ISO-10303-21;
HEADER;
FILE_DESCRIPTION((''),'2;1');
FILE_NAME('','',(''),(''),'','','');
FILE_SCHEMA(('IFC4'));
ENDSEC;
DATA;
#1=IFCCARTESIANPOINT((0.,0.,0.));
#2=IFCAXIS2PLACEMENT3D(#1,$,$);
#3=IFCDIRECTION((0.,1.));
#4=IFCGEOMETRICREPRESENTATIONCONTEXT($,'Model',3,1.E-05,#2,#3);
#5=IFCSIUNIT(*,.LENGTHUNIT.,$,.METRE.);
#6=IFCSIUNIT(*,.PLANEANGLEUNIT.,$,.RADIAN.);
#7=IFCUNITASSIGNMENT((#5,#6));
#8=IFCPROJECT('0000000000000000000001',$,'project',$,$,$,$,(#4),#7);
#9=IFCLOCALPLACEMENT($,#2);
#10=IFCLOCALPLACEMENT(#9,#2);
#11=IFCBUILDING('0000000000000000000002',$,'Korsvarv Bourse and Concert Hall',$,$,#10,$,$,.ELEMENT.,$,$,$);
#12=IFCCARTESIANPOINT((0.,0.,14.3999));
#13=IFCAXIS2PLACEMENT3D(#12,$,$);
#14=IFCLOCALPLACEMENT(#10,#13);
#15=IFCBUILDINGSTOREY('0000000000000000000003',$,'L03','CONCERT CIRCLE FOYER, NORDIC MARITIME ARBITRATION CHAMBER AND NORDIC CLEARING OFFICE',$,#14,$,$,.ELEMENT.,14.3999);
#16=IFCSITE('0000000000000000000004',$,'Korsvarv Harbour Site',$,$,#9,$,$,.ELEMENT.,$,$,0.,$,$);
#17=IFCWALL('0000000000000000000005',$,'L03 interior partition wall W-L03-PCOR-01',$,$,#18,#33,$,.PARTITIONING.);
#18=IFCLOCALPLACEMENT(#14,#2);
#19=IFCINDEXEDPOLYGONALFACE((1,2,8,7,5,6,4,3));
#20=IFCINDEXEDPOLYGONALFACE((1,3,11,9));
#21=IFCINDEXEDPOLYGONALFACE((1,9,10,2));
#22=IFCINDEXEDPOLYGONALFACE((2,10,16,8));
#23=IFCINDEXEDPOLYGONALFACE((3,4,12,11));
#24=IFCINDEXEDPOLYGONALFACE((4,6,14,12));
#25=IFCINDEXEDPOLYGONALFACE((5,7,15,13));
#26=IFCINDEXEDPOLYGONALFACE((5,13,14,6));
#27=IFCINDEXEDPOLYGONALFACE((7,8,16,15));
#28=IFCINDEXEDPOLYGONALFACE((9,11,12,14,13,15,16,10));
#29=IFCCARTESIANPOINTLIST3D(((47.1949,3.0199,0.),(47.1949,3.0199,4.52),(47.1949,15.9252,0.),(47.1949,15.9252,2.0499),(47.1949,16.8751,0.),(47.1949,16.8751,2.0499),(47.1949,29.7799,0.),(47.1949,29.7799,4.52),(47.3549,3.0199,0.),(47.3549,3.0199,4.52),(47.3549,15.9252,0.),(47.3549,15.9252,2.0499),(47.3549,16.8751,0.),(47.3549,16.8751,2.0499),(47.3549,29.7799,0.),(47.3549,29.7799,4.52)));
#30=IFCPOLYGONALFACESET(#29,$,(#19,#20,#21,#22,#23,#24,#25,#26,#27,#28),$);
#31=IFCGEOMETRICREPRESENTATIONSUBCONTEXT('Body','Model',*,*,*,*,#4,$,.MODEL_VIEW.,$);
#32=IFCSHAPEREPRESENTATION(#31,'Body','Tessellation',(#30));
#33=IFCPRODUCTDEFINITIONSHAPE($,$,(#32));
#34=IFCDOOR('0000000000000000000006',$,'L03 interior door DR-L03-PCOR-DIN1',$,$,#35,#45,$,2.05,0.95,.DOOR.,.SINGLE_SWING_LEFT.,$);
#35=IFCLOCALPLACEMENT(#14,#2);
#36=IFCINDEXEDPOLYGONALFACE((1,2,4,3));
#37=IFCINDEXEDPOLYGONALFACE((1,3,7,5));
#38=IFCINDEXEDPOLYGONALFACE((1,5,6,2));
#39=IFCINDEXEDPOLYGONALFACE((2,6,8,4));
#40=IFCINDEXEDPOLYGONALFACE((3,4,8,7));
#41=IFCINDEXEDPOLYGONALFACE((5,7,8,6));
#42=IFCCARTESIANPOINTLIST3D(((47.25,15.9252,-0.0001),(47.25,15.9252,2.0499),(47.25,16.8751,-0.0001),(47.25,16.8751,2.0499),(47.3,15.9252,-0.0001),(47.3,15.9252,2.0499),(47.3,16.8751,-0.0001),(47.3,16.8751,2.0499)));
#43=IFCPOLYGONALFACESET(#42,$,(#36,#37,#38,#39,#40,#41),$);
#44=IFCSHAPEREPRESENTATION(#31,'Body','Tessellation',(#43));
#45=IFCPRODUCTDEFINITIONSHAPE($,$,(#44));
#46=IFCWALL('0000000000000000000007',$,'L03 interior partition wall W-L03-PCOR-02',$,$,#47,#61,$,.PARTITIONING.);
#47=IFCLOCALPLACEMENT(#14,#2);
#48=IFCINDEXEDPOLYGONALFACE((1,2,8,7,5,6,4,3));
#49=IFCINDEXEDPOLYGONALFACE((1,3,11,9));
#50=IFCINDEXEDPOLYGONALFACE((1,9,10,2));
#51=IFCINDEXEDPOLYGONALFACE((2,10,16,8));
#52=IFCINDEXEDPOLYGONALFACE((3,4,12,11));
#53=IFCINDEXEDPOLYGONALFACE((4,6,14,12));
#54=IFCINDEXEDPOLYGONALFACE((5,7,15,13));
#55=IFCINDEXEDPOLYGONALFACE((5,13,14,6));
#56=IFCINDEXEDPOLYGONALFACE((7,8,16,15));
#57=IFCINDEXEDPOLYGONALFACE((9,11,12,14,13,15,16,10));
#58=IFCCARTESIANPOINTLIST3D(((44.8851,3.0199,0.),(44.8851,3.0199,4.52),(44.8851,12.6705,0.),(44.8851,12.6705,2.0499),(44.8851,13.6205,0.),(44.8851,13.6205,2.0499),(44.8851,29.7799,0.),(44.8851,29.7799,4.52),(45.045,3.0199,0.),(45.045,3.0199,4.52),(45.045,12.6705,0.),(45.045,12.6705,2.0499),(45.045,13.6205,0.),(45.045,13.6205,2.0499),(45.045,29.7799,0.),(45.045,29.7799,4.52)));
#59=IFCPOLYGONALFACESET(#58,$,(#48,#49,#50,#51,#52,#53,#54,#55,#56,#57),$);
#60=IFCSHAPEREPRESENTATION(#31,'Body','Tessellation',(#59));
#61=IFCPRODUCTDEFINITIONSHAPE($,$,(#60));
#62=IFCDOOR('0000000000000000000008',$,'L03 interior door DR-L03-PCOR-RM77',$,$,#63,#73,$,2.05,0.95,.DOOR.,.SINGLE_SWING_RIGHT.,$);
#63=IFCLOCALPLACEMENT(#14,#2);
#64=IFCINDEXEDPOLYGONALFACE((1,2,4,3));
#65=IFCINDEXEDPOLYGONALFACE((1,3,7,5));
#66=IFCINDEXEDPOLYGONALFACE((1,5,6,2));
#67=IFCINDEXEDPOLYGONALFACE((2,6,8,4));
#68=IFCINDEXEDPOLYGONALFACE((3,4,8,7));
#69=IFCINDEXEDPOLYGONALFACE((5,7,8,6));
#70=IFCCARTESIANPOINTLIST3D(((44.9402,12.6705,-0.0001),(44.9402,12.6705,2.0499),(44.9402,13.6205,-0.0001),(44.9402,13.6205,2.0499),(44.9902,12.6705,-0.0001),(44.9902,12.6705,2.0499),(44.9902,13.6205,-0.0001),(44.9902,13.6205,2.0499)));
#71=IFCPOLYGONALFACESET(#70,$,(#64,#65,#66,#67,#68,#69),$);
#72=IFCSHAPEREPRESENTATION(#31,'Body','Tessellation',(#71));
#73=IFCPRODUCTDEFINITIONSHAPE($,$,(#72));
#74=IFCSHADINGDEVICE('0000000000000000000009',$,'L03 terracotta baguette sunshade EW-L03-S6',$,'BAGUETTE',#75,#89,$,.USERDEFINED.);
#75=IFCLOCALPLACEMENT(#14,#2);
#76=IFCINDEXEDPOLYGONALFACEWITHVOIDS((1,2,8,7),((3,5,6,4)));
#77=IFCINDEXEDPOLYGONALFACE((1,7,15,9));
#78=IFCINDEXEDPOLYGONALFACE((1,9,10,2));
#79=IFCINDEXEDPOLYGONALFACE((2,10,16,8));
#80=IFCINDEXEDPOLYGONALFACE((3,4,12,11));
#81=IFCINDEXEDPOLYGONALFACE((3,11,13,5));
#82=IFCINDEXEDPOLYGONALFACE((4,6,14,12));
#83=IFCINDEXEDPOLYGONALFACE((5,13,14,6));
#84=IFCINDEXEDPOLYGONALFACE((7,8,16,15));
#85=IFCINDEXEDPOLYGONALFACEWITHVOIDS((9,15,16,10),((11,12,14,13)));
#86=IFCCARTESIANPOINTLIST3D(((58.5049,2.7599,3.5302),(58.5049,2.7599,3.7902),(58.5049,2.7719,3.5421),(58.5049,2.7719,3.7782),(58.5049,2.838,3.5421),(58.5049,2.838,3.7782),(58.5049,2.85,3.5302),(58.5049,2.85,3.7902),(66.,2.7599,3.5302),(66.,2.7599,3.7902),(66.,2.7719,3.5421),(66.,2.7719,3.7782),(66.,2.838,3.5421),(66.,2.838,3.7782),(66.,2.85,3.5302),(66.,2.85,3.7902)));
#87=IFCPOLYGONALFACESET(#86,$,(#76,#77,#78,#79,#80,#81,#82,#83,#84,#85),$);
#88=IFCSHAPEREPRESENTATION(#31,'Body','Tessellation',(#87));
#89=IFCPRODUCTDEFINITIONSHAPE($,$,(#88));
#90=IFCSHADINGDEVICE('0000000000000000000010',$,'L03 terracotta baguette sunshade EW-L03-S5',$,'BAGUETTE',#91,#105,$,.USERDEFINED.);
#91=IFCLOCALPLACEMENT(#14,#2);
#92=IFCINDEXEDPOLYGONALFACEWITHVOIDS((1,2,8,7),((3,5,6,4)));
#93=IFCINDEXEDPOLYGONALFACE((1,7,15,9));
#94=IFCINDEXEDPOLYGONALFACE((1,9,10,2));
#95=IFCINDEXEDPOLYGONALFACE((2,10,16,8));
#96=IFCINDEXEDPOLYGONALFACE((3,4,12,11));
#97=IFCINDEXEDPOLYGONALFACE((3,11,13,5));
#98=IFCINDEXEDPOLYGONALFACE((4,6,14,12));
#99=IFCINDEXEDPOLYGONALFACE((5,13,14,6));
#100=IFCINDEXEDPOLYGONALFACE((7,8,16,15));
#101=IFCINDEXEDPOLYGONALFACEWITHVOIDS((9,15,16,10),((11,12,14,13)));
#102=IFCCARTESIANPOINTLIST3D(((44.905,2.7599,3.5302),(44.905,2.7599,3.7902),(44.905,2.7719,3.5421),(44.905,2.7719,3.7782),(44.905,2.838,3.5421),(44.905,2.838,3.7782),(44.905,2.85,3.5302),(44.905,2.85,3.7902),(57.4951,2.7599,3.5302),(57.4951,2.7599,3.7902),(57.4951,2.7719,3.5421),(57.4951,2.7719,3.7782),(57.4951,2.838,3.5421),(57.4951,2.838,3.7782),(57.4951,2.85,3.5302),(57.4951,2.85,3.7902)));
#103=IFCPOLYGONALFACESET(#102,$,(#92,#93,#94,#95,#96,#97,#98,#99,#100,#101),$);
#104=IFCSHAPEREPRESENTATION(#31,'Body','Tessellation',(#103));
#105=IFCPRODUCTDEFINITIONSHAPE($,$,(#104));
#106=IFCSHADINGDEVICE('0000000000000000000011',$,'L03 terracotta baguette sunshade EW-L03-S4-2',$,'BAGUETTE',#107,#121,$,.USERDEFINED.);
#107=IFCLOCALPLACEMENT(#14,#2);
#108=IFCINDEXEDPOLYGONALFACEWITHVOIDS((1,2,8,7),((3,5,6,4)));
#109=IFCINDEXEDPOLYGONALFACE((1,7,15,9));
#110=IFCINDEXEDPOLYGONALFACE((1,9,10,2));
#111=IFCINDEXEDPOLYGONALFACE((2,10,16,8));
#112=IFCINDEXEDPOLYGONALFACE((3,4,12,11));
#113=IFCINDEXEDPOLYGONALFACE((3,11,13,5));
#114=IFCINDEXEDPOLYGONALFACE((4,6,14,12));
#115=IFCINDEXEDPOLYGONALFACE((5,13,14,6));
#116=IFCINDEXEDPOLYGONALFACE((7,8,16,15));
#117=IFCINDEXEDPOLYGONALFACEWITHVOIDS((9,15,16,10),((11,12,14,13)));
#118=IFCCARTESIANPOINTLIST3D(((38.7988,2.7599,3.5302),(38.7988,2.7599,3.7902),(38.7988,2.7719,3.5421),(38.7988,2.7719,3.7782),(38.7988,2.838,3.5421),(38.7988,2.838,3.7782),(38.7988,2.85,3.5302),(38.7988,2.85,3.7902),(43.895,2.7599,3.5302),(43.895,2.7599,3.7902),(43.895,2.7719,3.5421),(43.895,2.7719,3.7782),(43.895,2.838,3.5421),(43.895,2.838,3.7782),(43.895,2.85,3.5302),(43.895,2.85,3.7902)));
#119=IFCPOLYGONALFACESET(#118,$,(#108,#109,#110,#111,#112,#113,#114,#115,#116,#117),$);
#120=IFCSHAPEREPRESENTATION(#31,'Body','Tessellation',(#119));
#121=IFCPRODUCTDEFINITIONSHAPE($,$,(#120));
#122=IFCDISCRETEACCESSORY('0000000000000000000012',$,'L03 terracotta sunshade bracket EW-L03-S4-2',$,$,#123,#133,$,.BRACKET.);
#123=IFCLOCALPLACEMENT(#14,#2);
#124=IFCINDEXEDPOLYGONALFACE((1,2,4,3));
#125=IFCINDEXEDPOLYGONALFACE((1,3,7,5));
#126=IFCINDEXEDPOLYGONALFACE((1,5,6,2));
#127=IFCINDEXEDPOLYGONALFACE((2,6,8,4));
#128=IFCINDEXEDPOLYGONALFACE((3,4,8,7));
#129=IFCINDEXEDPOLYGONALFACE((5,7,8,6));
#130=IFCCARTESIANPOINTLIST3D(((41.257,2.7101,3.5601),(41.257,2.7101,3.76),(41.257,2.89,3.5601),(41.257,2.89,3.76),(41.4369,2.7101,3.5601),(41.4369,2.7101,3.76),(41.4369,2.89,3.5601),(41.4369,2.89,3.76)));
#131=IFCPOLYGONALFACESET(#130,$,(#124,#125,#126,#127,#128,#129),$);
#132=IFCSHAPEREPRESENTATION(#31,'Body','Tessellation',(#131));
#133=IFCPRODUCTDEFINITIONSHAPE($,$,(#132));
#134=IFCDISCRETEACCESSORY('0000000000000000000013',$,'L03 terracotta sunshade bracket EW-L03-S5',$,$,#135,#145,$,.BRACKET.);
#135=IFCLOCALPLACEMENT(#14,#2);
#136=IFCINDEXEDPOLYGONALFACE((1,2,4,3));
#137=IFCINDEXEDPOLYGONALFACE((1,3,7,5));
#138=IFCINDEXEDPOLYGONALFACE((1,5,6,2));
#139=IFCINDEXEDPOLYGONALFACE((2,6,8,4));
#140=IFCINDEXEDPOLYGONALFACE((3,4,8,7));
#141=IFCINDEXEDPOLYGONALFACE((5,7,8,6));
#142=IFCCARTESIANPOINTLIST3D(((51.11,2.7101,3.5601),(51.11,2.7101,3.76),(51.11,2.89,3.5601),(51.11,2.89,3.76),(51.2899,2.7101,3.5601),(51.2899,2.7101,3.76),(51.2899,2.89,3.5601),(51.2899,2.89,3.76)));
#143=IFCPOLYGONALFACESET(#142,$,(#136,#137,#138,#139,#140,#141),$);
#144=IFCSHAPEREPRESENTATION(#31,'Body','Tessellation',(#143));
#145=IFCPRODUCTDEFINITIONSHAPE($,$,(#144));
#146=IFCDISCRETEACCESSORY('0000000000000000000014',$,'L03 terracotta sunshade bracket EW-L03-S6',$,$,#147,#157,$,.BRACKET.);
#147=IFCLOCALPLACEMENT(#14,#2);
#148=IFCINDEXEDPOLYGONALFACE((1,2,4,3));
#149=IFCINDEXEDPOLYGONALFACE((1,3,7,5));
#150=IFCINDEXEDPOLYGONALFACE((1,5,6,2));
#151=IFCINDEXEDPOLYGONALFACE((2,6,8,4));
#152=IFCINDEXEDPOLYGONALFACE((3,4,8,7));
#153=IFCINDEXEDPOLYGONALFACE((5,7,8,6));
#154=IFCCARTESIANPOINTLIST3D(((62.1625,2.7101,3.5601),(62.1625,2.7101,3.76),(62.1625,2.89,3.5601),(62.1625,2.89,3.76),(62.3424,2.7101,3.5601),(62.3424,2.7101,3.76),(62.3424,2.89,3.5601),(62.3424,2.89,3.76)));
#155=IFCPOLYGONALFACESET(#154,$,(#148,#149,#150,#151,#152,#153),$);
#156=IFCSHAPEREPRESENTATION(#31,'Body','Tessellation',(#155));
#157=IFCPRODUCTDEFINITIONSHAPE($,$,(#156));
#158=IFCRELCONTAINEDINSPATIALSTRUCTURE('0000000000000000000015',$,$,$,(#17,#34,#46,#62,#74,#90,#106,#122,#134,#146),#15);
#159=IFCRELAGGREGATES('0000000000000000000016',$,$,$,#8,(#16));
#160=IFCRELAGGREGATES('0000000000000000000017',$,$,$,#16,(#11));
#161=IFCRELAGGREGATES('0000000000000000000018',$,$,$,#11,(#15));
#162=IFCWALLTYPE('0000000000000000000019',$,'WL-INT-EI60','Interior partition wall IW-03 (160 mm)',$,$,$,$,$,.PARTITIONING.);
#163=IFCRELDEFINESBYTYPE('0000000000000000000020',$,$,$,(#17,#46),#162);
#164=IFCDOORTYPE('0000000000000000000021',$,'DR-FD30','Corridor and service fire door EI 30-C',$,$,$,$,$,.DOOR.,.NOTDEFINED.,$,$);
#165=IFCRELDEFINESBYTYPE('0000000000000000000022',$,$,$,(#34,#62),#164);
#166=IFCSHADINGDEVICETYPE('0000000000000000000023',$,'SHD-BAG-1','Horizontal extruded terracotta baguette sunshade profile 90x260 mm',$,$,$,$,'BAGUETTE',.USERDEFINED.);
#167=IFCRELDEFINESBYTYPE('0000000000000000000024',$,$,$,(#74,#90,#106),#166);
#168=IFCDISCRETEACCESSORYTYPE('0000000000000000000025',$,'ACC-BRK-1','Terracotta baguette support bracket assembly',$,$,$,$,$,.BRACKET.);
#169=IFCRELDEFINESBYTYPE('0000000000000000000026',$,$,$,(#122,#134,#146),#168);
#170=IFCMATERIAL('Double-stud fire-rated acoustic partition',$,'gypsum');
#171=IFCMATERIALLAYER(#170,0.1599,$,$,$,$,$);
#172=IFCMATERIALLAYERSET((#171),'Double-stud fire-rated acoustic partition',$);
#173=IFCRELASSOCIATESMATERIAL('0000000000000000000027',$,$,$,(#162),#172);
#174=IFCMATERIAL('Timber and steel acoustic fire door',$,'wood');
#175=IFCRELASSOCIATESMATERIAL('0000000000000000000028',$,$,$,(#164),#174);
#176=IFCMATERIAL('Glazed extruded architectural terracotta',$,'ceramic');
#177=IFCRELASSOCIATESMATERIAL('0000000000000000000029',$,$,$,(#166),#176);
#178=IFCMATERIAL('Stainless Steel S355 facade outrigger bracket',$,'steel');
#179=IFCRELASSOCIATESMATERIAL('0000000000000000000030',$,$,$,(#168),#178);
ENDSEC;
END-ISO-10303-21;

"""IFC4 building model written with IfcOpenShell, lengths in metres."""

from ifc_helpers import new_model, si_unit, direction, frame, frame_2d, origin, origin_2d, place, context, subcontext, project, spatial, rectangle, hollow_rectangle, extrude, source, transform, mapped, material, layer, layer_set, material_profile, profile_set, type_object, element, fill, save


model = new_model("IFC4")

# Units and contexts
model_context = context("Model", 3, precision=1e-05, world=origin(), true_north=direction((0.0, 1.0)))
body_context = subcontext(model_context, "Body", "Model", "MODEL_VIEW")
ifc_project = project(units=[si_unit("LENGTHUNIT", "METRE"), si_unit("PLANEANGLEUNIT", "RADIAN")], contexts=[model_context])

# Site, building, storey
site_placement = place(None, origin())
site = spatial("IfcSite", under=ifc_project, at=site_placement, Name="Korsvarv Harbour Site", CompositionType="ELEMENT", RefElevation=0.0)
building_placement = place(site_placement, origin())
building = spatial("IfcBuilding", under=site, at=building_placement, Name="Korsvarv Bourse and Concert Hall", CompositionType="ELEMENT")
storey_placement = place(building_placement, frame((0.0, 0.0, 14.3999)))
storey = spatial("IfcBuildingStorey", under=building, at=storey_placement, Name="L03", Description="CONCERT CIRCLE FOYER, NORDIC MARITIME ARBITRATION CHAMBER AND NORDIC CLEARING OFFICE", CompositionType="ELEMENT", Elevation=14.3999)

# Walls, openings, doors
ifc_material_1 = material(Name="Double-stud fire-rated acoustic partition", Category="gypsum")
ifc_layer_1 = layer(ifc_material_1, 0.1599)
ifc_layer_set_1 = layer_set([ifc_layer_1], Name="Double-stud fire-rated acoustic partition")
wall_type_1 = type_object("IfcWallType", Name="WL-INT-EI60", Description="Interior partition wall IW-03 (160 mm)", PredefinedType="PARTITIONING", material=ifc_layer_set_1)
wall_1_placement = place(storey_placement, frame((47.2749, 3.02, 0.0), z_axis=(0.0, 0.0, 1.0), x_axis=(0.0, 1.0, 0.0)))
wall_1 = element("IfcWall", 1, at=wall_1_placement, inside=storey, type_object=wall_type_1, Name="L03 interior partition wall W-L03-PCOR-01", PredefinedType="PARTITIONING", context=body_context, shape_type="SweptSolid", body=[
    extrude(rectangle(XDim=26.76, YDim=0.1599, at=frame_2d((13.3799, 0.0))), origin(), (0.0, 0.0, 1.0), 4.52),
])
opening_1_placement = place(wall_1_placement, frame((12.905, 0.0, 0.0)))
opening_1 = element("IfcOpeningElement", 2, at=opening_1_placement, cuts=wall_1, PredefinedType="OPENING", context=body_context, shape_type="SweptSolid", body=[
    extrude(rectangle(XDim=0.95, YDim=2.05, at=frame_2d((0.4751, 1.0249))), frame((0.0, 0.0898, 0.0), z_axis=(0.0, -1.0, 0.0), x_axis=(1.0, 0.0, 0.0)), (0.0, 0.0, 1.0), 0.1799),
])
ifc_material_2 = material(Name="Timber and steel acoustic fire door", Category="wood")
door_type = type_object("IfcDoorType", Name="DR-FD30", Description="Corridor and service fire door EI 30-C", OperationType="NOTDEFINED", PredefinedType="DOOR", material=ifc_material_2)
door_1_placement = place(opening_1_placement, origin())
door_1 = element("IfcDoor", 3, at=door_1_placement, inside=storey, type_object=door_type, Name="L03 interior door DR-L03-PCOR-DIN1", OperationType="SINGLE_SWING_LEFT", OverallHeight=2.05, OverallWidth=0.95, PredefinedType="DOOR", context=body_context, shape_type="SweptSolid", body=[
    extrude(rectangle(XDim=0.95, YDim=2.05, at=frame_2d((0.4751, 1.0249))), frame((0.0, 0.0249, 0.0), z_axis=(0.0, -1.0, 0.0), x_axis=(1.0, 0.0, 0.0)), (0.0, 0.0, 1.0), 0.05),
])
fill(opening_1, door_1)
wall_2_placement = place(storey_placement, frame((44.9651, 3.02, 0.0), z_axis=(0.0, 0.0, 1.0), x_axis=(0.0, 1.0, 0.0)))
wall_2 = element("IfcWall", 4, at=wall_2_placement, inside=storey, type_object=wall_type_1, Name="L03 interior partition wall W-L03-PCOR-02", PredefinedType="PARTITIONING", context=body_context, shape_type="SweptSolid", body=[
    extrude(rectangle(XDim=26.76, YDim=0.1599, at=frame_2d((13.3799, 0.0))), origin(), (0.0, 0.0, 1.0), 4.52),
])
opening_2_placement = place(wall_2_placement, frame((9.6504, 0.0, 0.0)))
opening_2 = element("IfcOpeningElement", 5, at=opening_2_placement, cuts=wall_2, PredefinedType="OPENING", context=body_context, shape_type="SweptSolid", body=[
    extrude(rectangle(XDim=0.95, YDim=2.05, at=frame_2d((0.4751, 1.0249))), frame((0.0, 0.0898, 0.0), z_axis=(0.0, -1.0, 0.0), x_axis=(1.0, 0.0, 0.0)), (0.0, 0.0, 1.0), 0.1799),
])
door_2_placement = place(opening_2_placement, origin())
door_2 = element("IfcDoor", 6, at=door_2_placement, inside=storey, type_object=door_type, Name="L03 interior door DR-L03-PCOR-RM77", OperationType="SINGLE_SWING_RIGHT", OverallHeight=2.05, OverallWidth=0.95, PredefinedType="DOOR", context=body_context, shape_type="SweptSolid", body=[
    extrude(rectangle(XDim=0.95, YDim=2.05, at=frame_2d((0.4751, 1.0249))), frame((0.0, 0.0249, 0.0), z_axis=(0.0, -1.0, 0.0), x_axis=(1.0, 0.0, 0.0)), (0.0, 0.0, 1.0), 0.05),
])
fill(opening_2, door_2)

# Shading devices
ifc_material_3 = material(Name="Glazed extruded architectural terracotta", Category="ceramic")
ifc_material_profile_1 = material_profile(ifc_material_3, hollow_rectangle(XDim=0.0901, YDim=0.26, WallThickness=0.012, at=origin_2d()), Name="TC-BAG 90x260")
ifc_profile_set_1 = profile_set([ifc_material_profile_1], Name="Glazed extruded architectural terracotta")
shading_device_type = type_object("IfcShadingDeviceType", Name="SHD-BAG-1", Description="Horizontal extruded terracotta baguette sunshade profile 90x260 mm", ElementType="BAGUETTE", PredefinedType="USERDEFINED", material=ifc_profile_set_1)
shared_shape_1 = source(origin(), body_context, "Body", "SweptSolid", [
    extrude(hollow_rectangle(XDim=0.0901, YDim=0.26, WallThickness=0.012, at=origin_2d()), origin(), (0.0, 0.0, 1.0), 7.4951),
])
shading_device_1_placement = place(storey_placement, frame((58.5049, 2.8049, 3.6602), z_axis=(1.0, 0.0, 0.0), x_axis=(0.0, 1.0, 0.0)))
element("IfcShadingDevice", 7, at=shading_device_1_placement, inside=storey, type_object=shading_device_type, Name="L03 terracotta baguette sunshade EW-L03-S6", ObjectType="BAGUETTE", PredefinedType="USERDEFINED", context=body_context, shape_type="MappedRepresentation", body=[
    mapped(shared_shape_1, transform((0.0, 0.0, 0.0), scale=1.0)),
])
shared_shape_2 = source(origin(), body_context, "Body", "SweptSolid", [
    extrude(hollow_rectangle(XDim=0.0901, YDim=0.26, WallThickness=0.012, at=origin_2d()), origin(), (0.0, 0.0, 1.0), 12.5901),
])
shading_device_2_placement = place(storey_placement, frame((44.905, 2.8049, 3.6602), z_axis=(1.0, 0.0, 0.0), x_axis=(0.0, 1.0, 0.0)))
element("IfcShadingDevice", 8, at=shading_device_2_placement, inside=storey, type_object=shading_device_type, Name="L03 terracotta baguette sunshade EW-L03-S5", ObjectType="BAGUETTE", PredefinedType="USERDEFINED", context=body_context, shape_type="MappedRepresentation", body=[
    mapped(shared_shape_2, transform((0.0, 0.0, 0.0), scale=1.0)),
])
shared_shape_3 = source(origin(), body_context, "Body", "SweptSolid", [
    extrude(hollow_rectangle(XDim=0.0901, YDim=0.26, WallThickness=0.012, at=origin_2d()), origin(), (0.0, 0.0, 1.0), 5.0962),
])
shading_device_3_placement = place(storey_placement, frame((38.7988, 2.8049, 3.6602), z_axis=(1.0, 0.0, 0.0), x_axis=(0.0, 1.0, 0.0)))
element("IfcShadingDevice", 9, at=shading_device_3_placement, inside=storey, type_object=shading_device_type, Name="L03 terracotta baguette sunshade EW-L03-S4-2", ObjectType="BAGUETTE", PredefinedType="USERDEFINED", context=body_context, shape_type="MappedRepresentation", body=[
    mapped(shared_shape_3, transform((0.0, 0.0, 0.0), scale=1.0)),
])

# Discrete accessories
ifc_material_4 = material(Name="Stainless Steel S355 facade outrigger bracket", Category="steel")
discrete_accessory_type = type_object("IfcDiscreteAccessoryType", Name="ACC-BRK-1", Description="Terracotta baguette support bracket assembly", PredefinedType="BRACKET", material=ifc_material_4)
shared_shape_4 = source(origin(), body_context, "Body", "SweptSolid", [
    extrude(rectangle(XDim=0.1799, YDim=0.1799, at=origin_2d()), origin(), (0.0, 0.0, 1.0), 0.2),
])
for number, where, z_axis, x_axis, name in (
    (10, (41.3469, 2.8, 3.5601), (0.0, 0.0, 1.0), (1.0, 0.0, 0.0), "L03 terracotta sunshade bracket EW-L03-S4-2"),
    (11, (51.2, 2.8, 3.5601), (0.0, 0.0, 1.0), (1.0, 0.0, 0.0), "L03 terracotta sunshade bracket EW-L03-S5"),
    (12, (62.2524, 2.8, 3.5601), (0.0, 0.0, 1.0), (1.0, 0.0, 0.0), "L03 terracotta sunshade bracket EW-L03-S6"),
):
    element("IfcDiscreteAccessory", number, at=place(storey_placement, frame(where, z_axis=z_axis, x_axis=x_axis)), inside=storey, type_object=discrete_accessory_type, Name=name, PredefinedType="BRACKET", context=body_context, shape_type="MappedRepresentation", body=[
        mapped(shared_shape_4, transform((0.0, 0.0, 0.0), scale=1.0)),
    ])

save(model, "model.ifc")
